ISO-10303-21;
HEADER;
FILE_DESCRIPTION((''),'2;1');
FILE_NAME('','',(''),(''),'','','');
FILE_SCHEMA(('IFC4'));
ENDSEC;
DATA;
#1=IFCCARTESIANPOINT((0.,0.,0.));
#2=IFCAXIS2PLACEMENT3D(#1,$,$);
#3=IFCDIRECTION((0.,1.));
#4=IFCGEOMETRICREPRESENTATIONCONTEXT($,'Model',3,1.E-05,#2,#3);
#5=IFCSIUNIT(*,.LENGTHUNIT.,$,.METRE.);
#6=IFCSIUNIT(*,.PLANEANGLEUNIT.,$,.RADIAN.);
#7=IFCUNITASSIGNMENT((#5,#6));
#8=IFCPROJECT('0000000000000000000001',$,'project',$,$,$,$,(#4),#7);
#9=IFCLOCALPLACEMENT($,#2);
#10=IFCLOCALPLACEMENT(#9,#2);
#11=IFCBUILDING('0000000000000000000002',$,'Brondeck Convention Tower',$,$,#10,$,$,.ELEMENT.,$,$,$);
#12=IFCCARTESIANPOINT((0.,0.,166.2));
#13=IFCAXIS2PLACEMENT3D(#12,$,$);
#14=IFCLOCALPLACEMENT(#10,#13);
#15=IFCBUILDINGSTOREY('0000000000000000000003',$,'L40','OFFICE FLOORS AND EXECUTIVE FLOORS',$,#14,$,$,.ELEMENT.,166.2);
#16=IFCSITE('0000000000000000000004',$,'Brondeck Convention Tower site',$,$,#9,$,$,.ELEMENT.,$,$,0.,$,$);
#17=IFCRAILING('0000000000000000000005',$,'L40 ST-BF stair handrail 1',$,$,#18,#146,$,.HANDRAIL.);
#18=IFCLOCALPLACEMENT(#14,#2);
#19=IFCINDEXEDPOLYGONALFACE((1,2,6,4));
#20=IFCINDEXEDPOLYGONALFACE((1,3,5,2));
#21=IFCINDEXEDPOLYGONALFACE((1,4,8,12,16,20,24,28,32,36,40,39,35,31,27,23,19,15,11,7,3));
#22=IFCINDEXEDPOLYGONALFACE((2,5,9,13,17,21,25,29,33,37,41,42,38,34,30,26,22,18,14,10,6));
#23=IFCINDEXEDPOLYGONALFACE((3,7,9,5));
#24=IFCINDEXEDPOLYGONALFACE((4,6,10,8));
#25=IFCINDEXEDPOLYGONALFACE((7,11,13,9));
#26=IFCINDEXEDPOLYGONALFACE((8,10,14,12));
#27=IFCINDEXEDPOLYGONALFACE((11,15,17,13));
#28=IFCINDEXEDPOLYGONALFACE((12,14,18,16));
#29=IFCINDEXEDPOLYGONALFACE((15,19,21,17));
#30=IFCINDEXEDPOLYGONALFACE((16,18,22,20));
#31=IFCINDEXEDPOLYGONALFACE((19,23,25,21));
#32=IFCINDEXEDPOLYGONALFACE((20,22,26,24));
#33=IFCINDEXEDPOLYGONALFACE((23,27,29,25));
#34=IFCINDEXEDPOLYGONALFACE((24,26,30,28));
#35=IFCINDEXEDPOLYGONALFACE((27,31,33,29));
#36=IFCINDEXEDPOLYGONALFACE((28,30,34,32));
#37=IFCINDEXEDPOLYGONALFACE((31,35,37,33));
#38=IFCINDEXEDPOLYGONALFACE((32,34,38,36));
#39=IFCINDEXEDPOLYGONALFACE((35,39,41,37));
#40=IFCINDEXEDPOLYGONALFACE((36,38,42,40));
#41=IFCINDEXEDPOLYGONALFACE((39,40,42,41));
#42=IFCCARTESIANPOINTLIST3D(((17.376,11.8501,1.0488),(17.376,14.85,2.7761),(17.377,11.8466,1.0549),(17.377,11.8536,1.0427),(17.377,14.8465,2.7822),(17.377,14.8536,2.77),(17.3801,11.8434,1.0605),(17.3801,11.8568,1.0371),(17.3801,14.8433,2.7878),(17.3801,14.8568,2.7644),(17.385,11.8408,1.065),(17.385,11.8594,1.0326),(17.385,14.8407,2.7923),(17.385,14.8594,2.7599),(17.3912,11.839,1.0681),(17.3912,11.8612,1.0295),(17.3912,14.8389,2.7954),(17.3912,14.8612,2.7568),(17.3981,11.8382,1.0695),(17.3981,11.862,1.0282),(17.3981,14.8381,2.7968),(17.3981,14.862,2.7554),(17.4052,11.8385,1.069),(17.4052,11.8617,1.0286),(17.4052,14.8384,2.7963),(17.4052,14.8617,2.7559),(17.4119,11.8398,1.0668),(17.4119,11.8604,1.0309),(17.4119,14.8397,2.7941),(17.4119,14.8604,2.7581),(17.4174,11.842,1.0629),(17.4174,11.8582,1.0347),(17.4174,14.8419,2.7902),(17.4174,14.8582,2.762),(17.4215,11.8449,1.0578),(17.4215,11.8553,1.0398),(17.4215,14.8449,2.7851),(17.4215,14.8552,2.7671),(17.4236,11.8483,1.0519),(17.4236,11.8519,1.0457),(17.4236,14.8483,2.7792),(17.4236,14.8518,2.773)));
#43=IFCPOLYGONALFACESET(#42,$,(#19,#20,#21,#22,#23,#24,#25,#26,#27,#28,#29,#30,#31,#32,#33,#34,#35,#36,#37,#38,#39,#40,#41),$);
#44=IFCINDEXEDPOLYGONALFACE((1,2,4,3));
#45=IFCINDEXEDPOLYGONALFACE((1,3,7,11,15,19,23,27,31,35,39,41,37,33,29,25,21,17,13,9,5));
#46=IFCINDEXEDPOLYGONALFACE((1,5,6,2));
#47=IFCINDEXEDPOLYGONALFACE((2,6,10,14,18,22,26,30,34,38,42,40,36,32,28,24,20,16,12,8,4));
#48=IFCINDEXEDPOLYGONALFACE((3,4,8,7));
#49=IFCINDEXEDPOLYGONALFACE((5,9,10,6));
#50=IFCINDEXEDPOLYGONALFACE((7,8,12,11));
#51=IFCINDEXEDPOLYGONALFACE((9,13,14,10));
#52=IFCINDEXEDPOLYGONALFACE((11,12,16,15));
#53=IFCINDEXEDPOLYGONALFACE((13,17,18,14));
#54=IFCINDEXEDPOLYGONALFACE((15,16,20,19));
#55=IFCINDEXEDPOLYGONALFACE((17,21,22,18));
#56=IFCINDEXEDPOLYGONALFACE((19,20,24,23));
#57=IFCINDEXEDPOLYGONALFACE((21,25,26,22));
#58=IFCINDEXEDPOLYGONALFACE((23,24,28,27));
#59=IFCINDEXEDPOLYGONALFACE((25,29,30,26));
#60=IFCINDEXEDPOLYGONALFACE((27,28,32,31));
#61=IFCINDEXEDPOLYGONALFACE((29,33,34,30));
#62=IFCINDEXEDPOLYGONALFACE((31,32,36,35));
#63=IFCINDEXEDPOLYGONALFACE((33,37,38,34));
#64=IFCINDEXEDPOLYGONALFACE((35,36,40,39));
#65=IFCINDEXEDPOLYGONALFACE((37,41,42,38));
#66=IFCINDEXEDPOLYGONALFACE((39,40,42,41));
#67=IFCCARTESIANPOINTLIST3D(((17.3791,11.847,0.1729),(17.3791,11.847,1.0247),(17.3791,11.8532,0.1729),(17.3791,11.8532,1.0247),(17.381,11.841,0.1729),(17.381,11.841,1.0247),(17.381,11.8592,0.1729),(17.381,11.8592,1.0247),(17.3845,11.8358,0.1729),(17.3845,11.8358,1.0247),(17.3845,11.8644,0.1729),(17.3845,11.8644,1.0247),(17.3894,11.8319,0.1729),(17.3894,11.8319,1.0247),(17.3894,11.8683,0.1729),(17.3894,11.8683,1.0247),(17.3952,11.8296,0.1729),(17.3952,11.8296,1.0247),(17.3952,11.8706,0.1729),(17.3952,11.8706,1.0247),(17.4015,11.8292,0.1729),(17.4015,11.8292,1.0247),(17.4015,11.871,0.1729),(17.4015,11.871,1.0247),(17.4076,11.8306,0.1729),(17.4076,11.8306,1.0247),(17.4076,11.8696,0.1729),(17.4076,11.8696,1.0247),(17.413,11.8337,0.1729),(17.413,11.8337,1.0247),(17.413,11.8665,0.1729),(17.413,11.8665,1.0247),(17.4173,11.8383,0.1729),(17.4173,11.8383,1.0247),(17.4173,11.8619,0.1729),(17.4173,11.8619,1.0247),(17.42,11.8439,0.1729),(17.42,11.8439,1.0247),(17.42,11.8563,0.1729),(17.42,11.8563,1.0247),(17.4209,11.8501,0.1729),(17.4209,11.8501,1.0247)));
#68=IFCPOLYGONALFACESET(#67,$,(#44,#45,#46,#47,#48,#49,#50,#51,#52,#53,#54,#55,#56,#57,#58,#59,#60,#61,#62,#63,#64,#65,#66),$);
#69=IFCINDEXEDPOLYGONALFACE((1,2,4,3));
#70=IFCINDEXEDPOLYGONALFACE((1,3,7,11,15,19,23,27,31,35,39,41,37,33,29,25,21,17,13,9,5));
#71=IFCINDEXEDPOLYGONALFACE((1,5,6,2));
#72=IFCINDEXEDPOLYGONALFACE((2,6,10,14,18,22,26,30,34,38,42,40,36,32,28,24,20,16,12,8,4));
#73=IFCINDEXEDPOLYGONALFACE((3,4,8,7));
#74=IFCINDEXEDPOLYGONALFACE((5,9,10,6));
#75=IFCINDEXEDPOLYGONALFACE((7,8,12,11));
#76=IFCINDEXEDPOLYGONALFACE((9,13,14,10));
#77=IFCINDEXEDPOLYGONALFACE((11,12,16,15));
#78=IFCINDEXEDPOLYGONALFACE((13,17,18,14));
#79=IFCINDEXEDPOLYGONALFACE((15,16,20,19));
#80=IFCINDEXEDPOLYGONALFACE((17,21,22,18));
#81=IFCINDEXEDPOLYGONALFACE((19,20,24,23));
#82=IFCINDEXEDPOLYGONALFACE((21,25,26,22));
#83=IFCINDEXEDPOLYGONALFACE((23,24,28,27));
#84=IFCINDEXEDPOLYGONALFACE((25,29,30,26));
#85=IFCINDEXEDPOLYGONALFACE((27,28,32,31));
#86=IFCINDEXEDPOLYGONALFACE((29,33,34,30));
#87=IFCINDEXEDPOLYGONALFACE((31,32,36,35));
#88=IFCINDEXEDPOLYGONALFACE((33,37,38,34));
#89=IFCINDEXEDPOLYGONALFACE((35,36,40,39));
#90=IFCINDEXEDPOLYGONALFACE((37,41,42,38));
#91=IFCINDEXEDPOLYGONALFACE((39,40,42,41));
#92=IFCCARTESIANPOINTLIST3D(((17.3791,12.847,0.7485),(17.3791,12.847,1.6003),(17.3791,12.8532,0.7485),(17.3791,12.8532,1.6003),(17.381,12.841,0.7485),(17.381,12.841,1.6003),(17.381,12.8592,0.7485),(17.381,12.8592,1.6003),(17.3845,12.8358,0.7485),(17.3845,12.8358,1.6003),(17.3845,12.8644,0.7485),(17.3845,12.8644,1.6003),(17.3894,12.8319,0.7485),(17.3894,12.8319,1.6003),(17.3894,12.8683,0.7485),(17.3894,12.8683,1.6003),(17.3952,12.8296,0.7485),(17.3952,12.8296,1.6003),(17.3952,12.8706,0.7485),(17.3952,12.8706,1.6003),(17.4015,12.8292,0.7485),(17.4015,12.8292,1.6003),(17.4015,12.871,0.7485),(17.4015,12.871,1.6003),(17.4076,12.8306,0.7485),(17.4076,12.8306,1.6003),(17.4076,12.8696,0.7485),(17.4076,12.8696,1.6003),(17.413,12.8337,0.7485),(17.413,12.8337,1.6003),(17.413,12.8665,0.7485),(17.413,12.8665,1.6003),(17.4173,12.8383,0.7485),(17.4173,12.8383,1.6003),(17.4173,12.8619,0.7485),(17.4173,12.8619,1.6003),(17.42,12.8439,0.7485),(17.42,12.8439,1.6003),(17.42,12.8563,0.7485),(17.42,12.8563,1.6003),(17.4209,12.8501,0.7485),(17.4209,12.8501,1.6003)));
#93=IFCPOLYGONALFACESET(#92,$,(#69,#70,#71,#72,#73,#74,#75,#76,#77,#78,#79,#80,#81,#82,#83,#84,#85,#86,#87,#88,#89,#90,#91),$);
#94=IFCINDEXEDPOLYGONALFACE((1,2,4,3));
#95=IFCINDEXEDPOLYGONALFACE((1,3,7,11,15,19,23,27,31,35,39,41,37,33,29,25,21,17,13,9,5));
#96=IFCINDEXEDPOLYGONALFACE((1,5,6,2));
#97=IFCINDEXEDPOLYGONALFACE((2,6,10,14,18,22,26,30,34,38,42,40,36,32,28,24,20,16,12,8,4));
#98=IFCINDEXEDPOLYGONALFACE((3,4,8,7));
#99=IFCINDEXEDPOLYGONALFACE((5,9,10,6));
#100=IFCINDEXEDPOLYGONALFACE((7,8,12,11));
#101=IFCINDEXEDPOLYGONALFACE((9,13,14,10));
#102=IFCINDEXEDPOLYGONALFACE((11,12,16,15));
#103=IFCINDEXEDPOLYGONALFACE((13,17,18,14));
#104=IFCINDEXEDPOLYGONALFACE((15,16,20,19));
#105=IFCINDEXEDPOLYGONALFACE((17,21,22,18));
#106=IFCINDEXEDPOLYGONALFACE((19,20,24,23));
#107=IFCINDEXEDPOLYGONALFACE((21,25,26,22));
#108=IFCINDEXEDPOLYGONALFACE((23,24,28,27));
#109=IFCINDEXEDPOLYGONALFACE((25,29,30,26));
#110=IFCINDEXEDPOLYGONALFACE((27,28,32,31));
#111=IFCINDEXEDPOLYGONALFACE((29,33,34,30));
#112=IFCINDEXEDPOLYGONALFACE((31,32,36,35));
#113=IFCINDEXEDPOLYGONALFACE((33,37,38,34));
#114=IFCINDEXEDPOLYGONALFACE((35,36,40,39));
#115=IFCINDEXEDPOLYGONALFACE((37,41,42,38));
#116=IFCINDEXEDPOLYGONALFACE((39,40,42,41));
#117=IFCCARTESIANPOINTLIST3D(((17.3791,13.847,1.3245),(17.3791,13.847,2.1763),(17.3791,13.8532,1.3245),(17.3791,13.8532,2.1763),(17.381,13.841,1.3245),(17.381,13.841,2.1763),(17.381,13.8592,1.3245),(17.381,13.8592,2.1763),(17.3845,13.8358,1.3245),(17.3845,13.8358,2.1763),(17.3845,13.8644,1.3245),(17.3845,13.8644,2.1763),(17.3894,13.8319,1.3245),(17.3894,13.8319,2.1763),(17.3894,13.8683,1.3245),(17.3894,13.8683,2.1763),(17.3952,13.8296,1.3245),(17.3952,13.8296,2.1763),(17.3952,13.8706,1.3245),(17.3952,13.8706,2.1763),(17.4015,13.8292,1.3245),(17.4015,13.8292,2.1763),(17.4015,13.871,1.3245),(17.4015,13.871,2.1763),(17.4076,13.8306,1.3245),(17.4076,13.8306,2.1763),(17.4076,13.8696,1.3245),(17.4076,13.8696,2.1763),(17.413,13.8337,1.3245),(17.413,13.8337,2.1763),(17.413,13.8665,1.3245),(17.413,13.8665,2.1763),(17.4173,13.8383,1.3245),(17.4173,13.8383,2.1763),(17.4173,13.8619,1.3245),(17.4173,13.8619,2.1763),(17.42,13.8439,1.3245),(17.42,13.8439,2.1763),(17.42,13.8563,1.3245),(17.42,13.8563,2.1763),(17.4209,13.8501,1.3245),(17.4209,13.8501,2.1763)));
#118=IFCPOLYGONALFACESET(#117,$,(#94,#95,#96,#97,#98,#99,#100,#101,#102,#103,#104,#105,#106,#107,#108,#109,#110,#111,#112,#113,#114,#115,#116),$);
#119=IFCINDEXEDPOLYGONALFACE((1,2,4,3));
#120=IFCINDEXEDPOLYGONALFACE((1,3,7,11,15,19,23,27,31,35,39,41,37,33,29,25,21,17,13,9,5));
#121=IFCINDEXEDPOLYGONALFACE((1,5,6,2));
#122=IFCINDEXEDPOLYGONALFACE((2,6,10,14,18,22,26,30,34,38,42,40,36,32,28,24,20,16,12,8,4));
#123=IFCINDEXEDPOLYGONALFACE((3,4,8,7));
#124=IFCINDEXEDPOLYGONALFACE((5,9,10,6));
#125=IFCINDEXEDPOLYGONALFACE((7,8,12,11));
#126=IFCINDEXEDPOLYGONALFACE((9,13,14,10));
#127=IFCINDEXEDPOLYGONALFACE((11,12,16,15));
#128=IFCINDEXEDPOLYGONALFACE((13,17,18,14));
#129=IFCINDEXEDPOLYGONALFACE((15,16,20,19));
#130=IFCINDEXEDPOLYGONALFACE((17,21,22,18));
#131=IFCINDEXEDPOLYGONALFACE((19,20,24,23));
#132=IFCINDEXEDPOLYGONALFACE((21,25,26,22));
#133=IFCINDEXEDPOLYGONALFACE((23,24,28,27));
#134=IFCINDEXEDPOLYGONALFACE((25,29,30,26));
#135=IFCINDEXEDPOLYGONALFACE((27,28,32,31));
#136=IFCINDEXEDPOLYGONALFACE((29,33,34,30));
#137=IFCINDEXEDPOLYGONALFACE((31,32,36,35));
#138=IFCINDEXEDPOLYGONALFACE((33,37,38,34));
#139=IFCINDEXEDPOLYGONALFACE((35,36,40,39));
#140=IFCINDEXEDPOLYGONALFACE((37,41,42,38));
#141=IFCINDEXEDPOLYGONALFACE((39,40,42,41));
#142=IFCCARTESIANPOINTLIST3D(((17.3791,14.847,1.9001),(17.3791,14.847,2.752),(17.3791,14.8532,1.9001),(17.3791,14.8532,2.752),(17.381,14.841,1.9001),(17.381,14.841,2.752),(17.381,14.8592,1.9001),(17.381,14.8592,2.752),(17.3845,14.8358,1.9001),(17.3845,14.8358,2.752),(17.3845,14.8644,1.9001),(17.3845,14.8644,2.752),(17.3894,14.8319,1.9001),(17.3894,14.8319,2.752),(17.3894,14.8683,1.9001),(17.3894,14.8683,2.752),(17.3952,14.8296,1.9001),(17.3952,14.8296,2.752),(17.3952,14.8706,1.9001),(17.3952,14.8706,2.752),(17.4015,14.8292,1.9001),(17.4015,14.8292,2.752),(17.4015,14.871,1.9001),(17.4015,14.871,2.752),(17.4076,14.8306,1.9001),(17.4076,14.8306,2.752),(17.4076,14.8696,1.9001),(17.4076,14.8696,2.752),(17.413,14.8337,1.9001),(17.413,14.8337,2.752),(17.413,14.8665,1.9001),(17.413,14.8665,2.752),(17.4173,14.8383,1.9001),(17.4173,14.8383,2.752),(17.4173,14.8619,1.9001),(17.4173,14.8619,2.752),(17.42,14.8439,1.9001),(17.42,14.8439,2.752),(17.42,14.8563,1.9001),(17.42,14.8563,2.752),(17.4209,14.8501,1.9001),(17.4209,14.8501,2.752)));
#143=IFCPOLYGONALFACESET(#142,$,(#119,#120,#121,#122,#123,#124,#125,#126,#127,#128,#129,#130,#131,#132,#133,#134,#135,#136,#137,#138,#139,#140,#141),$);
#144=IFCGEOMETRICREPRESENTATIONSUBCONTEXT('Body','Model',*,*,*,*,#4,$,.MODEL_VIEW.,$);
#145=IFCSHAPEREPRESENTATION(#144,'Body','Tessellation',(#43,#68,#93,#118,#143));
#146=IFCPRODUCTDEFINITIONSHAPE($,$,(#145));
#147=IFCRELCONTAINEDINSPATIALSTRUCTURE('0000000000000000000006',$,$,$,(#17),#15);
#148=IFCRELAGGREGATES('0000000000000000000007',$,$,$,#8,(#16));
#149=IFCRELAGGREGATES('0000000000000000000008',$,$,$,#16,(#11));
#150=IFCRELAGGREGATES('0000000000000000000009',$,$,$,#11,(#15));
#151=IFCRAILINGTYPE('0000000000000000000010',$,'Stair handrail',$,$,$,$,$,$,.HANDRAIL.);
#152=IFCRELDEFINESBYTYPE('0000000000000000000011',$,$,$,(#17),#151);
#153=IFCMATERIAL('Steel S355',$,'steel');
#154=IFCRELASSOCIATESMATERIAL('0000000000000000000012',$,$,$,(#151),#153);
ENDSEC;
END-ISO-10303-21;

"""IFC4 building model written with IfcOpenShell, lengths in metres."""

from ifc_helpers import new_model, si_unit, direction, frame, origin, origin_2d, place, context, subcontext, project, spatial, circle, extrude, material, type_object, element, save


model = new_model("IFC4")

# Units and contexts
model_context = context("Model", 3, precision=1e-05, world=origin(), true_north=direction((0.0, 1.0)))
body_context = subcontext(model_context, "Body", "Model", "MODEL_VIEW")
ifc_project = project(units=[si_unit("LENGTHUNIT", "METRE"), si_unit("PLANEANGLEUNIT", "RADIAN")], contexts=[model_context])

# Site, building, storey
site_placement = place(None, origin())
site = spatial("IfcSite", under=ifc_project, at=site_placement, Name="Brondeck Convention Tower site", CompositionType="ELEMENT", RefElevation=0.0)
building_placement = place(site_placement, origin())
building = spatial("IfcBuilding", under=site, at=building_placement, Name="Brondeck Convention Tower", CompositionType="ELEMENT")
storey_placement = place(building_placement, frame((0.0, 0.0, 166.2)))
storey = spatial("IfcBuildingStorey", under=building, at=storey_placement, Name="L40", Description="OFFICE FLOORS AND EXECUTIVE FLOORS", CompositionType="ELEMENT", Elevation=166.2)

# Shared definitions
ifc_material_1 = material(Name="Steel S355", Category="steel")

# Railing
railing_type_1 = type_object("IfcRailingType", Name="Stair handrail", PredefinedType="HANDRAIL", material=ifc_material_1)
railing_1_placement = place(storey_placement, frame((17.3999, 11.8501, 0.1729)))
element("IfcRailing", 1, at=railing_1_placement, inside=storey, type_object=railing_type_1, Name="L40 ST-BF stair handrail 1", PredefinedType="HANDRAIL", context=body_context, shape_type="SweptSolid", body=[
    extrude(circle(Radius=0.0239, at=origin_2d()), frame((0.0, 0.0, 0.876), z_axis=(0.0, 0.86662, 0.498969), x_axis=(-1.0, 0.0, 0.0)), (0.0, 0.0, 1.0), 3.4617),
    extrude(circle(Radius=0.021, at=origin_2d()), origin(), (0.0, 0.0, 1.0), 0.8518),
    extrude(circle(Radius=0.021, at=origin_2d()), frame((0.0, 1.0, 0.5757)), (0.0, 0.0, 1.0), 0.8518),
    extrude(circle(Radius=0.021, at=origin_2d()), frame((0.0, 2.0, 1.1516)), (0.0, 0.0, 1.0), 0.8518),
    extrude(circle(Radius=0.021, at=origin_2d()), frame((0.0, 3.0, 1.7273)), (0.0, 0.0, 1.0), 0.8518),
])

save(model, "model.ifc")
